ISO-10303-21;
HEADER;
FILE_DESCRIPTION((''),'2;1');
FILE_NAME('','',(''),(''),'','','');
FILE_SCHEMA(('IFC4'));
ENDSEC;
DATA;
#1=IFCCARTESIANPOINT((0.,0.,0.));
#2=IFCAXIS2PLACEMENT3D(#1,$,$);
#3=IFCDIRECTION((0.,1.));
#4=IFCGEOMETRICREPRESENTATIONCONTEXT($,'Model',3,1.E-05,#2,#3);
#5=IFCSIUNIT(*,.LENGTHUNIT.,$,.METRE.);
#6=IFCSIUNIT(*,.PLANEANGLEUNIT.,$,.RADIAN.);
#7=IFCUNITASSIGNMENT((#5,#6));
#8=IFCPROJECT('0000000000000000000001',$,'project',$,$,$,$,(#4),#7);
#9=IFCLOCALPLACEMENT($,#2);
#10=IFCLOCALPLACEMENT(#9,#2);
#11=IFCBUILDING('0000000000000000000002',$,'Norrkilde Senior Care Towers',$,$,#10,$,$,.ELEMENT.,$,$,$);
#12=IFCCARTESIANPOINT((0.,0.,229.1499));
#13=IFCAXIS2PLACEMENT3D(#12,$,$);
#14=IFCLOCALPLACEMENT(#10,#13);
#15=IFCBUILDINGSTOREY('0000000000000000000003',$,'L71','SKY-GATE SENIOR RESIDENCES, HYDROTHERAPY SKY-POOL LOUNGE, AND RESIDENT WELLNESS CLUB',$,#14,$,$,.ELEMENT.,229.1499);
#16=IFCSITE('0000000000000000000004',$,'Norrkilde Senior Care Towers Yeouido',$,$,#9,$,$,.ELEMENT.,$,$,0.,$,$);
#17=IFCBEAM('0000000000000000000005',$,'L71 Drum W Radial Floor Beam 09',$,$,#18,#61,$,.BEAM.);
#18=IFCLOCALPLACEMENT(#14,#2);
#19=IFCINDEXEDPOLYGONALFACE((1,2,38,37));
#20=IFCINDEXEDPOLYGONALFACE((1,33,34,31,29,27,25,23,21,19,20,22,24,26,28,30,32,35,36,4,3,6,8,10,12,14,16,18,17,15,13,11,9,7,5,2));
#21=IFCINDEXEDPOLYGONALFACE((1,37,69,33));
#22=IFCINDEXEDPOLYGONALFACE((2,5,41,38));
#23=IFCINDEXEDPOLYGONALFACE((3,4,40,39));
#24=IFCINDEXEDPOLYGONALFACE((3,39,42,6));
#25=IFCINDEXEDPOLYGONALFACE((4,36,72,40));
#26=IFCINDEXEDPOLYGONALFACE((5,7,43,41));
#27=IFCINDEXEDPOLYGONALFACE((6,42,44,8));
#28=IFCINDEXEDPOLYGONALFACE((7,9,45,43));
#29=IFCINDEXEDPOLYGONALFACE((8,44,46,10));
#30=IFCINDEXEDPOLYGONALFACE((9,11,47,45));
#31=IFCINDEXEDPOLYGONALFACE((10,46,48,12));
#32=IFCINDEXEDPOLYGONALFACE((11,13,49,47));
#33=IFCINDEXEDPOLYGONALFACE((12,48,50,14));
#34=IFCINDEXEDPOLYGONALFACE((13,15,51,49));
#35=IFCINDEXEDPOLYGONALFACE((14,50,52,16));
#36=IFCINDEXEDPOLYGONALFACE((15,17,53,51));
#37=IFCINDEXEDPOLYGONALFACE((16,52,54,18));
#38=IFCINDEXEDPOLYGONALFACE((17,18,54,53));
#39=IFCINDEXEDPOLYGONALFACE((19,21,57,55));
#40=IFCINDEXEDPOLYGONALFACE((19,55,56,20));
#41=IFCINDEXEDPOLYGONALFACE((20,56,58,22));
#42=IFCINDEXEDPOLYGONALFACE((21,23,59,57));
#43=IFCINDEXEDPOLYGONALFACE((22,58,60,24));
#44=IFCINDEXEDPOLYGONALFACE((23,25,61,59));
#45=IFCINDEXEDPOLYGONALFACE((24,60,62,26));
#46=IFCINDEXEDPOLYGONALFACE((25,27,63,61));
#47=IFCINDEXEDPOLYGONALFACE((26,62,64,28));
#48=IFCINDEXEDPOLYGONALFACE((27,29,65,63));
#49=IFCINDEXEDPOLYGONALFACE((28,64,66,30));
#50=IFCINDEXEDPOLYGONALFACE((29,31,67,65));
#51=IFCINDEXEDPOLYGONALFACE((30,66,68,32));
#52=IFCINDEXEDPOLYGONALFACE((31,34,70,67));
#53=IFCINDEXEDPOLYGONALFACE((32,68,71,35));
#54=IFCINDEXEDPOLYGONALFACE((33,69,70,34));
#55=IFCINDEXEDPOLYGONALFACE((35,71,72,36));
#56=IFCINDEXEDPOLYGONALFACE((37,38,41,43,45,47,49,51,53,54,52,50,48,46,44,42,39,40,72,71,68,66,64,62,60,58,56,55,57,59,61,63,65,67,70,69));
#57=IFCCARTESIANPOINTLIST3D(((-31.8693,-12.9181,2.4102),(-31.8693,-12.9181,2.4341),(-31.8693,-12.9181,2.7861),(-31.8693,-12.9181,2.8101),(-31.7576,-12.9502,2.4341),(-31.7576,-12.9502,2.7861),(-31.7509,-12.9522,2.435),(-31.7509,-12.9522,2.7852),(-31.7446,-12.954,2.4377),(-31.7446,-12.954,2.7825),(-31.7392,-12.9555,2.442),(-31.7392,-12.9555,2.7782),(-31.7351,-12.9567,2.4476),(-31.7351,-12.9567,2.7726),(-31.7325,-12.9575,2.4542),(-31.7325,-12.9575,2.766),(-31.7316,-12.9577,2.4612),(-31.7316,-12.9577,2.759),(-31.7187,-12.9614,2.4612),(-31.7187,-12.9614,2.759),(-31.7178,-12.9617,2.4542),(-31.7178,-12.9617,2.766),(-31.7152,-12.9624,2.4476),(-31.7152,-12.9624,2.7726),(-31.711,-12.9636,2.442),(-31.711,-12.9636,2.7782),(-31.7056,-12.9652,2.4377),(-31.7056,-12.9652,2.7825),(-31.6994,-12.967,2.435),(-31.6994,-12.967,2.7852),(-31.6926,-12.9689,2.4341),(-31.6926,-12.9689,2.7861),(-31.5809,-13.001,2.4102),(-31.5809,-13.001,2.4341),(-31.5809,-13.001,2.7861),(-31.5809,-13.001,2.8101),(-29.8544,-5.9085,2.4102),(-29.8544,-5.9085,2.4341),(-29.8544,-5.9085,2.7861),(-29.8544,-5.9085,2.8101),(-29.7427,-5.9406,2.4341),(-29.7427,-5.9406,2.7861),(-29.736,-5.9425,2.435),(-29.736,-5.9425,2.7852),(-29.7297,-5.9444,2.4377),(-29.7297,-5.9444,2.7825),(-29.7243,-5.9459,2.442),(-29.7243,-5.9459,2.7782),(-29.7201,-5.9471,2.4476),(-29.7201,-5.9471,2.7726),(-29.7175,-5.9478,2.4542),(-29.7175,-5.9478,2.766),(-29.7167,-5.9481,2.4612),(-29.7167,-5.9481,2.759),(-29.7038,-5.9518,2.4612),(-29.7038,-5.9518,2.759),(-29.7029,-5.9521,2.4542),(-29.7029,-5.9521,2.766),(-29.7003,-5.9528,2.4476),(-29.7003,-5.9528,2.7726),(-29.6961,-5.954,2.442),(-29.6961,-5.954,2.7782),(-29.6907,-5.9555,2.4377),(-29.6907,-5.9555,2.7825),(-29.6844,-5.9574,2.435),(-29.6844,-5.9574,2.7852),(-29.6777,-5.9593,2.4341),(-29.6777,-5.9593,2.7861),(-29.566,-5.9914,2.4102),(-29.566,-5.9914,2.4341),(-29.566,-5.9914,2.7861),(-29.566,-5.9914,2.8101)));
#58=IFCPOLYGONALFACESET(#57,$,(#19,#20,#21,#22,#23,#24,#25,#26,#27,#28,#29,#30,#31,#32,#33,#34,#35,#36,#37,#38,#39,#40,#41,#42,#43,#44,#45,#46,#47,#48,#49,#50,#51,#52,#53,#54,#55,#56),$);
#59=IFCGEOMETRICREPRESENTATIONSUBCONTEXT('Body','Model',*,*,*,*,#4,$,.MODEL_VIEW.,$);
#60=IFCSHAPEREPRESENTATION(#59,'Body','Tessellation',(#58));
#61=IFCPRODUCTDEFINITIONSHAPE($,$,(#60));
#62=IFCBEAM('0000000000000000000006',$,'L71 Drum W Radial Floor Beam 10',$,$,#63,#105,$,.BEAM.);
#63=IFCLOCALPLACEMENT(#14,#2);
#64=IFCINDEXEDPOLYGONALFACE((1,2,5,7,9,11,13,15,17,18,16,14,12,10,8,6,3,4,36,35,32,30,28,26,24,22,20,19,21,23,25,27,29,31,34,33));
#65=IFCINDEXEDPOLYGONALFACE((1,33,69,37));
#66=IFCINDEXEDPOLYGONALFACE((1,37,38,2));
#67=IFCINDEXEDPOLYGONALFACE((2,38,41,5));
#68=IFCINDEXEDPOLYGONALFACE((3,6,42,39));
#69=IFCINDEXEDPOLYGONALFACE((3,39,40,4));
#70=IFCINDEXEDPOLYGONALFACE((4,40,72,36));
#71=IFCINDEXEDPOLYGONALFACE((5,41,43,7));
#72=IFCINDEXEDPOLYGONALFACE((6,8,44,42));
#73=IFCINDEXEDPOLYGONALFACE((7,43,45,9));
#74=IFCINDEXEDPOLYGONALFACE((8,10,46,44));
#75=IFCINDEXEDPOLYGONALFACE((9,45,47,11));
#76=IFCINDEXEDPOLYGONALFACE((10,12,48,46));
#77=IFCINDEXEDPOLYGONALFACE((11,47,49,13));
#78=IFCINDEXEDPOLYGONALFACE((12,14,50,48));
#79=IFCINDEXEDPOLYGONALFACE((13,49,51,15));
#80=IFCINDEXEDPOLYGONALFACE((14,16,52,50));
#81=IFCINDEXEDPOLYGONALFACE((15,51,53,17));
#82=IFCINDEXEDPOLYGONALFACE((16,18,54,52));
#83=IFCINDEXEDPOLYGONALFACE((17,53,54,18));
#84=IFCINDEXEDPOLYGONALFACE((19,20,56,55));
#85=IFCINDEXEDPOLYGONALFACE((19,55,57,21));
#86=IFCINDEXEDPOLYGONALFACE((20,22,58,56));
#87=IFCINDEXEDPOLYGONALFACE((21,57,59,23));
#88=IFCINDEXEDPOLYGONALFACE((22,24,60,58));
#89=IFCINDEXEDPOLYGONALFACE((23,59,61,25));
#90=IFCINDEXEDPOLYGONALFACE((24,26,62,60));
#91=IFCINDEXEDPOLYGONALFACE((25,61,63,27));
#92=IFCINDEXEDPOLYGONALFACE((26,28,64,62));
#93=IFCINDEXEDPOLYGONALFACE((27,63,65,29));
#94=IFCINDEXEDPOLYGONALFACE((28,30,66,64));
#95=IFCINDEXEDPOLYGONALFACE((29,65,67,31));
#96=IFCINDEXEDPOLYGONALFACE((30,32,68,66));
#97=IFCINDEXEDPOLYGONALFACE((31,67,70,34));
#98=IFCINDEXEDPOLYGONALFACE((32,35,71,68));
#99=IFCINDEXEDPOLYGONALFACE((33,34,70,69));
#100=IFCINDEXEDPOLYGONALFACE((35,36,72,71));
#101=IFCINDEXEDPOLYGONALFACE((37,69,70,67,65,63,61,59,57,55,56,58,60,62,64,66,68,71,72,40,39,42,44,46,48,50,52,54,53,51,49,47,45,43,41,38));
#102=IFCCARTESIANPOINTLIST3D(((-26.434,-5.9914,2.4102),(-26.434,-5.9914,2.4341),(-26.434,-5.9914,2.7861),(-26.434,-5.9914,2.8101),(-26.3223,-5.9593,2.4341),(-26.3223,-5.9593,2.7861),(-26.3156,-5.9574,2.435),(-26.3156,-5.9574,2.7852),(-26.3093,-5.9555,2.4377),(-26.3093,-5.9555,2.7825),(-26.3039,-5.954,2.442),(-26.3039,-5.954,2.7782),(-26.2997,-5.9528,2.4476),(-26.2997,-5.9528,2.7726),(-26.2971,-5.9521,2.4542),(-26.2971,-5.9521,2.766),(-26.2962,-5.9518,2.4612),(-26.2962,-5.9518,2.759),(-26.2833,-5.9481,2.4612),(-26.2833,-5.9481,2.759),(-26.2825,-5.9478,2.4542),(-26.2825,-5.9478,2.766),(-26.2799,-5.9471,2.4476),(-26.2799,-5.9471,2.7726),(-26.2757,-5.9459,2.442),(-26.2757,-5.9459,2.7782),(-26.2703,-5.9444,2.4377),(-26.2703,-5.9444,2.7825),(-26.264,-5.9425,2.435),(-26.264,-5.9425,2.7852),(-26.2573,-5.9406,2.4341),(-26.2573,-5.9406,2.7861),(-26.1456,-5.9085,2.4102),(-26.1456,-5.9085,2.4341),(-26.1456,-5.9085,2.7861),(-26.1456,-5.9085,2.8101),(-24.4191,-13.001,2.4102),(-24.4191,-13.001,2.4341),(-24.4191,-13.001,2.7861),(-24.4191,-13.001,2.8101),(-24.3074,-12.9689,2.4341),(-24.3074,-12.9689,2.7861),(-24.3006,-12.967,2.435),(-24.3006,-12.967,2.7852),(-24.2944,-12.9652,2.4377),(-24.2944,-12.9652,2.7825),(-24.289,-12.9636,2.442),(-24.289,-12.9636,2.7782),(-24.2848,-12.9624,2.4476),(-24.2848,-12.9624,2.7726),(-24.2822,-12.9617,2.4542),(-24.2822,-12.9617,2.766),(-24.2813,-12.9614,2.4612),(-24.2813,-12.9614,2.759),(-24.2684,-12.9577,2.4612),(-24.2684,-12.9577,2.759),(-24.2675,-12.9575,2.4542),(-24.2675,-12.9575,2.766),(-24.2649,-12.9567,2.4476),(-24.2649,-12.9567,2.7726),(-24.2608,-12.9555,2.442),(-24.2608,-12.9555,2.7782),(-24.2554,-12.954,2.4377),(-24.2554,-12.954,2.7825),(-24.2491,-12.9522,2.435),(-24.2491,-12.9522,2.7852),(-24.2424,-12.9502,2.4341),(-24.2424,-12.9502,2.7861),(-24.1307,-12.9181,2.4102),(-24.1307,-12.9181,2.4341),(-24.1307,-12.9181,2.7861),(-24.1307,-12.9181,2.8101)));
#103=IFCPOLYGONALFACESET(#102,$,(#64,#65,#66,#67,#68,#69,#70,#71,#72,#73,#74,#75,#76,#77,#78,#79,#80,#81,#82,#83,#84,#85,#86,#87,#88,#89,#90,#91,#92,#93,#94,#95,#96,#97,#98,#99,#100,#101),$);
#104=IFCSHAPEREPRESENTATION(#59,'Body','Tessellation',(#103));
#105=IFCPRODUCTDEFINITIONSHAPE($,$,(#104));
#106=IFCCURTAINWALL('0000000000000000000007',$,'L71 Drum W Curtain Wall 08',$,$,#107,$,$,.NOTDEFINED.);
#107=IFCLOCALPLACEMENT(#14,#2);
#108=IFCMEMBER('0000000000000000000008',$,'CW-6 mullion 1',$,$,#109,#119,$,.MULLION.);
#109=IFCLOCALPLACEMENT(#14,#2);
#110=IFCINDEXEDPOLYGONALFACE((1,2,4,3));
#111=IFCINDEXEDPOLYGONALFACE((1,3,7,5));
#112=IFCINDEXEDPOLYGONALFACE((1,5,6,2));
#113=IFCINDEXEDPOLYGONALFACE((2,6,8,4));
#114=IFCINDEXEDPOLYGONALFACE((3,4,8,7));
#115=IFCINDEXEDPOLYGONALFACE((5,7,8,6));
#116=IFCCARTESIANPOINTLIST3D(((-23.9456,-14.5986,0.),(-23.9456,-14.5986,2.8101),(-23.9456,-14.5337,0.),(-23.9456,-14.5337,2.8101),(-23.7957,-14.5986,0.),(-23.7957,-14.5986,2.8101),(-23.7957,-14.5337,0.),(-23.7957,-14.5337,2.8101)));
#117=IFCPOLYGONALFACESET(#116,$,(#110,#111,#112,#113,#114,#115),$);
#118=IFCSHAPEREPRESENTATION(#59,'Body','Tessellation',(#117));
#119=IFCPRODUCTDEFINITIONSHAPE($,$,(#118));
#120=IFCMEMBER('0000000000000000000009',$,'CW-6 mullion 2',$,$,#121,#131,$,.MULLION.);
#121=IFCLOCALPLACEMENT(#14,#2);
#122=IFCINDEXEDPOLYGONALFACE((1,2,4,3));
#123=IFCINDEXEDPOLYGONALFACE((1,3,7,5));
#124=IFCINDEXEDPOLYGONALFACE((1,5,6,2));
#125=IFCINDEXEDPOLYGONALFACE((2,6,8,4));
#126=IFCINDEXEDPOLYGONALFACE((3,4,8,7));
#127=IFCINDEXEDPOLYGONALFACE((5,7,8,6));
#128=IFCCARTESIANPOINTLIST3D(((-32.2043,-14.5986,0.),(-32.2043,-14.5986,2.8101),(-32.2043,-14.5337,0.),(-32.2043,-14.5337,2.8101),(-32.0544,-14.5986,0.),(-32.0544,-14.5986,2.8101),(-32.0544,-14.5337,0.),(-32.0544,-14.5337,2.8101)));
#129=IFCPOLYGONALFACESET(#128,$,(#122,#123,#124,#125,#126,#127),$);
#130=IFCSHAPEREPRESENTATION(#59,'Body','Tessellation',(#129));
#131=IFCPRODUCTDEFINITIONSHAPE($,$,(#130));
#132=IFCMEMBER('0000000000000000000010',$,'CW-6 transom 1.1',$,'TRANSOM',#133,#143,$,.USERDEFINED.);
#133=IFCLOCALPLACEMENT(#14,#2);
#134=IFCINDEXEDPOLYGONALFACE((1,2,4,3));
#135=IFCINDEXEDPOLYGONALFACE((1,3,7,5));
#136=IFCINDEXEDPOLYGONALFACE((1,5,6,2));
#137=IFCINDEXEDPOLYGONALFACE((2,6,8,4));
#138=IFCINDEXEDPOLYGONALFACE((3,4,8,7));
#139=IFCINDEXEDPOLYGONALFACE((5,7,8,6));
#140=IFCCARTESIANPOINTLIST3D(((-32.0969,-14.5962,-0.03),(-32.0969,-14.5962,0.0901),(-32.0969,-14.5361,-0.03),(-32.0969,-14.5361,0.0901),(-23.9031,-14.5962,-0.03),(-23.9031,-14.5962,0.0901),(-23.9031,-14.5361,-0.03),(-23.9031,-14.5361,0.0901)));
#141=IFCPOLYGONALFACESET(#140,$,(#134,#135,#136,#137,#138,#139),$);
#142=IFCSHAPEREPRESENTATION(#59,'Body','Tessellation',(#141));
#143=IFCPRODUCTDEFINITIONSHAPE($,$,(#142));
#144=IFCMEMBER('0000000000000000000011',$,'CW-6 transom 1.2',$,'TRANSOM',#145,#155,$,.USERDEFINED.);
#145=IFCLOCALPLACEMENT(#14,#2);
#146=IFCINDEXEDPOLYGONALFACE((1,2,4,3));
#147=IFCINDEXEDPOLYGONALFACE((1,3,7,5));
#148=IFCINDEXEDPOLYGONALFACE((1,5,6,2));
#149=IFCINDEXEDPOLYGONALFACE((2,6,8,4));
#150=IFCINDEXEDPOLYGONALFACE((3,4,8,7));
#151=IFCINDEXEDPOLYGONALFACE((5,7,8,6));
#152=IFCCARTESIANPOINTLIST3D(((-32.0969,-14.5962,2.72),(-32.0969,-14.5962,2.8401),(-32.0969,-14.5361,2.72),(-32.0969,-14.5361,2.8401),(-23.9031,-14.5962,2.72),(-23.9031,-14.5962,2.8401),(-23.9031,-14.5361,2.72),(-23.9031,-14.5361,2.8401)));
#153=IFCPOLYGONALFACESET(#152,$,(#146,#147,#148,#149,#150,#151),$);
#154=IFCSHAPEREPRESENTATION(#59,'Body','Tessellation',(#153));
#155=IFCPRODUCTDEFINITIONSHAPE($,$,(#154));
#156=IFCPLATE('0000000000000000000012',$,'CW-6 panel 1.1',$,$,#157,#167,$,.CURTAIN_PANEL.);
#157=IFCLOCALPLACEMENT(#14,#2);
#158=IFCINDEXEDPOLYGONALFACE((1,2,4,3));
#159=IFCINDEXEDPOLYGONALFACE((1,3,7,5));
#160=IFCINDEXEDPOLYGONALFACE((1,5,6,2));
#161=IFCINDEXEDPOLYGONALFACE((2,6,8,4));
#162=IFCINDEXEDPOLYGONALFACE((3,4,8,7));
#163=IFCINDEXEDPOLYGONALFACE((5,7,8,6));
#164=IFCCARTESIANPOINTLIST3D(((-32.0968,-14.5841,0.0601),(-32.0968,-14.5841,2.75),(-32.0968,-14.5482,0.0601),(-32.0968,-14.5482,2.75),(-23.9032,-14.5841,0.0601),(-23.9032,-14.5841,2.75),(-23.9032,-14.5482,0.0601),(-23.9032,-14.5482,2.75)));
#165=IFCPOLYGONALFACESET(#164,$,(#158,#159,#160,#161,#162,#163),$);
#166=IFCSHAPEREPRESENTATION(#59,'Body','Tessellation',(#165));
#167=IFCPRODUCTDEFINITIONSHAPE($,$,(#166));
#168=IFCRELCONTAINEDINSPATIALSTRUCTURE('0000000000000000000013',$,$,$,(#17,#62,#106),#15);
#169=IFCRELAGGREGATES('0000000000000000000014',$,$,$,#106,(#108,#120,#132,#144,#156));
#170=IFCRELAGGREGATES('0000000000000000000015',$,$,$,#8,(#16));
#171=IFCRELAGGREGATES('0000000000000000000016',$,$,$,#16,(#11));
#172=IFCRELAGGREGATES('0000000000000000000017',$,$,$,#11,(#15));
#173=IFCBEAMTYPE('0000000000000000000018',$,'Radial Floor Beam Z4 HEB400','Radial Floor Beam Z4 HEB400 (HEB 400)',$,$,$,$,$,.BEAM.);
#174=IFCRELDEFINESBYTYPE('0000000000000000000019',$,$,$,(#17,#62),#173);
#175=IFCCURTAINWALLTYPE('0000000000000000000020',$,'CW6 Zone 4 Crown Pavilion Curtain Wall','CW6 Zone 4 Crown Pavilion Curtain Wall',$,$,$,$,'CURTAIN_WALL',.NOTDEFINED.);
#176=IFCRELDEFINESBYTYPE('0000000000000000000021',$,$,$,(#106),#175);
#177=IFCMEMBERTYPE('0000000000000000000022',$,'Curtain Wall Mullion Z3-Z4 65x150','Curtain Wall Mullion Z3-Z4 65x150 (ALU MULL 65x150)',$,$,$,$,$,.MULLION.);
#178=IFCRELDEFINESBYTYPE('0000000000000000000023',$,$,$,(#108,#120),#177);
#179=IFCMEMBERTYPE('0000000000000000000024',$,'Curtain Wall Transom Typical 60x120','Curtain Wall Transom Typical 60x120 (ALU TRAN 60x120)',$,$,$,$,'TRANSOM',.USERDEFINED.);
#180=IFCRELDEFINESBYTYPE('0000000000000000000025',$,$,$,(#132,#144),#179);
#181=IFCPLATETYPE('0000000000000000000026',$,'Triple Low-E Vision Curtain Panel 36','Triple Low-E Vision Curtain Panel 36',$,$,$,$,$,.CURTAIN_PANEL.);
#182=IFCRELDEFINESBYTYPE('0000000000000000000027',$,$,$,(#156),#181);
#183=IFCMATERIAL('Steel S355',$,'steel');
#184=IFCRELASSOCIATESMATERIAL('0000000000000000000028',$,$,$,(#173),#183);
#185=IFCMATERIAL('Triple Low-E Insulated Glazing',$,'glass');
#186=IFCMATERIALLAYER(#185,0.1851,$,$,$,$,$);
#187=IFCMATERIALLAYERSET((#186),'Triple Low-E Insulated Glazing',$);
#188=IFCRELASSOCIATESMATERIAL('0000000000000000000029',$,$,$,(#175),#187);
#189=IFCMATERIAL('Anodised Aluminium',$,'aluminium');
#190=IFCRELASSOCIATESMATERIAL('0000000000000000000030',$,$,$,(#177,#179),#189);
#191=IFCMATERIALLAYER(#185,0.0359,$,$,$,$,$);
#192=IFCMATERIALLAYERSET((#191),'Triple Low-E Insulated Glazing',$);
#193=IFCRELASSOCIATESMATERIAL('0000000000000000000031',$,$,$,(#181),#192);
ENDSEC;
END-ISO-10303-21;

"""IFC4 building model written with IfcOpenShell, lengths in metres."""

from ifc_helpers import new_model, si_unit, direction, frame, origin, origin_2d, place, context, subcontext, project, spatial, rectangle, i_section, extrude, source, transform, mapped, material, layer, layer_set, material_profile, profile_set, type_object, type_shapes, element, aggregate, save


model = new_model("IFC4")

# Units and contexts
model_context = context("Model", 3, precision=1e-05, world=origin(), true_north=direction((0.0, 1.0)))
body_context = subcontext(model_context, "Body", "Model", "MODEL_VIEW")
ifc_project = project(units=[si_unit("LENGTHUNIT", "METRE"), si_unit("PLANEANGLEUNIT", "RADIAN")], contexts=[model_context])

# Site, building, storey
site_placement = place(None, origin())
site = spatial("IfcSite", under=ifc_project, at=site_placement, Name="Norrkilde Senior Care Towers Yeouido", CompositionType="ELEMENT", RefElevation=0.0)
building_placement = place(site_placement, origin())
building = spatial("IfcBuilding", under=site, at=building_placement, Name="Norrkilde Senior Care Towers", CompositionType="ELEMENT")
storey_placement = place(building_placement, frame((0.0, 0.0, 229.1499)))
storey = spatial("IfcBuildingStorey", under=building, at=storey_placement, Name="L71", Description="SKY-GATE SENIOR RESIDENCES, HYDROTHERAPY SKY-POOL LOUNGE, AND RESIDENT WELLNESS CLUB", CompositionType="ELEMENT", Elevation=229.1499)

# Beams
ifc_material_1 = material(Name="Steel S355", Category="steel")
ifc_material_profile_1 = material_profile(ifc_material_1, i_section(OverallWidth=0.3, OverallDepth=0.3999, WebThickness=0.0134, FlangeThickness=0.0239, FilletRadius=0.0271, at=origin_2d()), Name="HEB 400")
ifc_profile_set_1 = profile_set([ifc_material_profile_1], Name="Steel S355")
beam_type_1 = type_object("IfcBeamType", Name="Radial Floor Beam Z4 HEB400", Description="Radial Floor Beam Z4 HEB400 (HEB 400)", PredefinedType="BEAM", material=ifc_profile_set_1)
shared_shape_1 = source(origin(), body_context, "Body", "SweptSolid", [
    extrude(i_section(OverallWidth=0.3, OverallDepth=0.3999, WebThickness=0.0134, FlangeThickness=0.0239, FilletRadius=0.0271, at=origin_2d()), origin(), (0.0, 0.0, 1.0), 7.2935),
])
type_shapes(beam_type_1, [shared_shape_1])
for number, where, z_axis, x_axis, name in (
    (1, (-29.7102, -5.95, 2.6101), (-0.276264, -0.961082, 0.0), (0.961082, -0.276264, 0.0), "L71 Drum W Radial Floor Beam 09"),
    (2, (-26.2898, -5.95, 2.6101), (0.276264, -0.961082, 0.0), (0.961082, 0.276264, 0.0), "L71 Drum W Radial Floor Beam 10"),
):
    element("IfcBeam", number, at=place(storey_placement, frame(where, z_axis=z_axis, x_axis=x_axis)), inside=storey, type_object=beam_type_1, Name=name, PredefinedType="BEAM", context=body_context, shape_type="MappedRepresentation", body=[
        mapped(shared_shape_1, transform((0.0, 0.0, 0.0), x_axis=(1.0, 0.0, 0.0), y_axis=(0.0, 1.0, 0.0), z_axis=(0.0, 0.0, 1.0), scale=1.0)),
    ])

# Curtain wall, members, plate
ifc_material_2 = material(Name="Triple Low-E Insulated Glazing", Category="glass")
ifc_layer_1 = layer(ifc_material_2, 0.1851)
ifc_layer_set_1 = layer_set([ifc_layer_1], Name="Triple Low-E Insulated Glazing")
curtain_wall_type = type_object("IfcCurtainWallType", Name="CW6 Zone 4 Crown Pavilion Curtain Wall", Description="CW6 Zone 4 Crown Pavilion Curtain Wall", ElementType="CURTAIN_WALL", PredefinedType="NOTDEFINED", material=ifc_layer_set_1)
curtain_wall_placement = place(storey_placement, origin())
curtain_wall = element("IfcCurtainWall", 3, at=curtain_wall_placement, inside=storey, type_object=curtain_wall_type, Name="L71 Drum W Curtain Wall 08", PredefinedType="NOTDEFINED")
ifc_material_3 = material(Name="Anodised Aluminium", Category="aluminium")
ifc_material_profile_2 = material_profile(ifc_material_3, rectangle(XDim=0.0649, YDim=0.1499, at=origin_2d()), Name="ALU MULL 65x150")
ifc_profile_set_2 = profile_set([ifc_material_profile_2], Name="Anodised Aluminium")
member_type_1 = type_object("IfcMemberType", Name="Curtain Wall Mullion Z3-Z4 65x150", Description="Curtain Wall Mullion Z3-Z4 65x150 (ALU MULL 65x150)", PredefinedType="MULLION", material=ifc_profile_set_2)
shared_shape_2 = source(origin(), body_context, "Body", "SweptSolid", [
    extrude(rectangle(XDim=0.0649, YDim=0.1499, at=origin_2d()), origin(), (0.0, 0.0, 1.0), 2.8101),
])
type_shapes(member_type_1, [shared_shape_2])
member_1_placement = place(storey_placement, frame((-23.8706, -14.5662, 0.0), z_axis=(0.0, 0.0, 1.0), x_axis=(0.0, -1.0, 0.0)))
member_1 = element("IfcMember", 4, at=member_1_placement, type_object=member_type_1, Name="CW-6 mullion 1", PredefinedType="MULLION", context=body_context, shape_type="MappedRepresentation", body=[
    mapped(shared_shape_2, transform((0.0, 0.0, 0.0), x_axis=(1.0, 0.0, 0.0), y_axis=(0.0, 1.0, 0.0), z_axis=(0.0, 0.0, 1.0), scale=1.0)),
])
member_2_placement = place(storey_placement, frame((-32.1294, -14.5662, 0.0), z_axis=(0.0, 0.0, 1.0), x_axis=(0.0, -1.0, 0.0)))
member_2 = element("IfcMember", 5, at=member_2_placement, type_object=member_type_1, Name="CW-6 mullion 2", PredefinedType="MULLION", context=body_context, shape_type="MappedRepresentation", body=[
    mapped(shared_shape_2, transform((0.0, 0.0, 0.0), x_axis=(1.0, 0.0, 0.0), y_axis=(0.0, 1.0, 0.0), z_axis=(0.0, 0.0, 1.0), scale=1.0)),
])
ifc_material_profile_3 = material_profile(ifc_material_3, rectangle(XDim=0.0601, YDim=0.1201, at=origin_2d()), Name="ALU TRAN 60x120")
ifc_profile_set_3 = profile_set([ifc_material_profile_3], Name="Anodised Aluminium")
member_type_2 = type_object("IfcMemberType", Name="Curtain Wall Transom Typical 60x120", Description="Curtain Wall Transom Typical 60x120 (ALU TRAN 60x120)", ElementType="TRANSOM", PredefinedType="USERDEFINED", material=ifc_profile_set_3)
shared_shape_3 = source(origin(), body_context, "Body", "SweptSolid", [
    extrude(rectangle(XDim=0.0601, YDim=0.1201, at=origin_2d()), origin(), (0.0, 0.0, 1.0), 8.1938),
])
type_shapes(member_type_2, [shared_shape_3])
member_3_placement = place(storey_placement, frame((-23.9031, -14.5662, 0.03), z_axis=(-1.0, 0.0, 0.0), x_axis=(0.0, -1.0, 0.0)))
member_3 = element("IfcMember", 6, at=member_3_placement, type_object=member_type_2, Name="CW-6 transom 1.1", ObjectType="TRANSOM", PredefinedType="USERDEFINED", context=body_context, shape_type="MappedRepresentation", body=[
    mapped(shared_shape_3, transform((0.0, 0.0, 0.0), x_axis=(1.0, 0.0, 0.0), y_axis=(0.0, 1.0, 0.0), z_axis=(0.0, 0.0, 1.0), scale=1.0)),
])
member_4_placement = place(storey_placement, frame((-23.9031, -14.5662, 2.78), z_axis=(-1.0, 0.0, 0.0), x_axis=(0.0, -1.0, 0.0)))
member_4 = element("IfcMember", 7, at=member_4_placement, type_object=member_type_2, Name="CW-6 transom 1.2", ObjectType="TRANSOM", PredefinedType="USERDEFINED", context=body_context, shape_type="MappedRepresentation", body=[
    mapped(shared_shape_3, transform((0.0, 0.0, 0.0), x_axis=(1.0, 0.0, 0.0), y_axis=(0.0, 1.0, 0.0), z_axis=(0.0, 0.0, 1.0), scale=1.0)),
])
ifc_layer_2 = layer(ifc_material_2, 0.0359)
ifc_layer_set_2 = layer_set([ifc_layer_2], Name="Triple Low-E Insulated Glazing")
plate_type = type_object("IfcPlateType", Name="Triple Low-E Vision Curtain Panel 36", Description="Triple Low-E Vision Curtain Panel 36", PredefinedType="CURTAIN_PANEL", material=ifc_layer_set_2)
shared_shape_4 = source(origin(), body_context, "Body", "SweptSolid", [
    extrude(rectangle(XDim=8.1936, YDim=0.0359, at=origin_2d()), origin(), (0.0, 0.0, 1.0), 2.6899),
])
type_shapes(plate_type, [shared_shape_4])
plate_placement = place(storey_placement, frame((-28.0, -14.5662, 0.0601), z_axis=(0.0, 0.0, 1.0), x_axis=(-1.0, 0.0, 0.0)))
plate = element("IfcPlate", 8, at=plate_placement, type_object=plate_type, Name="CW-6 panel 1.1", PredefinedType="CURTAIN_PANEL", context=body_context, shape_type="MappedRepresentation", body=[
    mapped(shared_shape_4, transform((0.0, 0.0, 0.0), x_axis=(1.0, 0.0, 0.0), y_axis=(0.0, 1.0, 0.0), z_axis=(0.0, 0.0, 1.0), scale=1.0)),
])
aggregate(curtain_wall, [member_1, member_2, member_3, member_4, plate])

save(model, "model.ifc")
